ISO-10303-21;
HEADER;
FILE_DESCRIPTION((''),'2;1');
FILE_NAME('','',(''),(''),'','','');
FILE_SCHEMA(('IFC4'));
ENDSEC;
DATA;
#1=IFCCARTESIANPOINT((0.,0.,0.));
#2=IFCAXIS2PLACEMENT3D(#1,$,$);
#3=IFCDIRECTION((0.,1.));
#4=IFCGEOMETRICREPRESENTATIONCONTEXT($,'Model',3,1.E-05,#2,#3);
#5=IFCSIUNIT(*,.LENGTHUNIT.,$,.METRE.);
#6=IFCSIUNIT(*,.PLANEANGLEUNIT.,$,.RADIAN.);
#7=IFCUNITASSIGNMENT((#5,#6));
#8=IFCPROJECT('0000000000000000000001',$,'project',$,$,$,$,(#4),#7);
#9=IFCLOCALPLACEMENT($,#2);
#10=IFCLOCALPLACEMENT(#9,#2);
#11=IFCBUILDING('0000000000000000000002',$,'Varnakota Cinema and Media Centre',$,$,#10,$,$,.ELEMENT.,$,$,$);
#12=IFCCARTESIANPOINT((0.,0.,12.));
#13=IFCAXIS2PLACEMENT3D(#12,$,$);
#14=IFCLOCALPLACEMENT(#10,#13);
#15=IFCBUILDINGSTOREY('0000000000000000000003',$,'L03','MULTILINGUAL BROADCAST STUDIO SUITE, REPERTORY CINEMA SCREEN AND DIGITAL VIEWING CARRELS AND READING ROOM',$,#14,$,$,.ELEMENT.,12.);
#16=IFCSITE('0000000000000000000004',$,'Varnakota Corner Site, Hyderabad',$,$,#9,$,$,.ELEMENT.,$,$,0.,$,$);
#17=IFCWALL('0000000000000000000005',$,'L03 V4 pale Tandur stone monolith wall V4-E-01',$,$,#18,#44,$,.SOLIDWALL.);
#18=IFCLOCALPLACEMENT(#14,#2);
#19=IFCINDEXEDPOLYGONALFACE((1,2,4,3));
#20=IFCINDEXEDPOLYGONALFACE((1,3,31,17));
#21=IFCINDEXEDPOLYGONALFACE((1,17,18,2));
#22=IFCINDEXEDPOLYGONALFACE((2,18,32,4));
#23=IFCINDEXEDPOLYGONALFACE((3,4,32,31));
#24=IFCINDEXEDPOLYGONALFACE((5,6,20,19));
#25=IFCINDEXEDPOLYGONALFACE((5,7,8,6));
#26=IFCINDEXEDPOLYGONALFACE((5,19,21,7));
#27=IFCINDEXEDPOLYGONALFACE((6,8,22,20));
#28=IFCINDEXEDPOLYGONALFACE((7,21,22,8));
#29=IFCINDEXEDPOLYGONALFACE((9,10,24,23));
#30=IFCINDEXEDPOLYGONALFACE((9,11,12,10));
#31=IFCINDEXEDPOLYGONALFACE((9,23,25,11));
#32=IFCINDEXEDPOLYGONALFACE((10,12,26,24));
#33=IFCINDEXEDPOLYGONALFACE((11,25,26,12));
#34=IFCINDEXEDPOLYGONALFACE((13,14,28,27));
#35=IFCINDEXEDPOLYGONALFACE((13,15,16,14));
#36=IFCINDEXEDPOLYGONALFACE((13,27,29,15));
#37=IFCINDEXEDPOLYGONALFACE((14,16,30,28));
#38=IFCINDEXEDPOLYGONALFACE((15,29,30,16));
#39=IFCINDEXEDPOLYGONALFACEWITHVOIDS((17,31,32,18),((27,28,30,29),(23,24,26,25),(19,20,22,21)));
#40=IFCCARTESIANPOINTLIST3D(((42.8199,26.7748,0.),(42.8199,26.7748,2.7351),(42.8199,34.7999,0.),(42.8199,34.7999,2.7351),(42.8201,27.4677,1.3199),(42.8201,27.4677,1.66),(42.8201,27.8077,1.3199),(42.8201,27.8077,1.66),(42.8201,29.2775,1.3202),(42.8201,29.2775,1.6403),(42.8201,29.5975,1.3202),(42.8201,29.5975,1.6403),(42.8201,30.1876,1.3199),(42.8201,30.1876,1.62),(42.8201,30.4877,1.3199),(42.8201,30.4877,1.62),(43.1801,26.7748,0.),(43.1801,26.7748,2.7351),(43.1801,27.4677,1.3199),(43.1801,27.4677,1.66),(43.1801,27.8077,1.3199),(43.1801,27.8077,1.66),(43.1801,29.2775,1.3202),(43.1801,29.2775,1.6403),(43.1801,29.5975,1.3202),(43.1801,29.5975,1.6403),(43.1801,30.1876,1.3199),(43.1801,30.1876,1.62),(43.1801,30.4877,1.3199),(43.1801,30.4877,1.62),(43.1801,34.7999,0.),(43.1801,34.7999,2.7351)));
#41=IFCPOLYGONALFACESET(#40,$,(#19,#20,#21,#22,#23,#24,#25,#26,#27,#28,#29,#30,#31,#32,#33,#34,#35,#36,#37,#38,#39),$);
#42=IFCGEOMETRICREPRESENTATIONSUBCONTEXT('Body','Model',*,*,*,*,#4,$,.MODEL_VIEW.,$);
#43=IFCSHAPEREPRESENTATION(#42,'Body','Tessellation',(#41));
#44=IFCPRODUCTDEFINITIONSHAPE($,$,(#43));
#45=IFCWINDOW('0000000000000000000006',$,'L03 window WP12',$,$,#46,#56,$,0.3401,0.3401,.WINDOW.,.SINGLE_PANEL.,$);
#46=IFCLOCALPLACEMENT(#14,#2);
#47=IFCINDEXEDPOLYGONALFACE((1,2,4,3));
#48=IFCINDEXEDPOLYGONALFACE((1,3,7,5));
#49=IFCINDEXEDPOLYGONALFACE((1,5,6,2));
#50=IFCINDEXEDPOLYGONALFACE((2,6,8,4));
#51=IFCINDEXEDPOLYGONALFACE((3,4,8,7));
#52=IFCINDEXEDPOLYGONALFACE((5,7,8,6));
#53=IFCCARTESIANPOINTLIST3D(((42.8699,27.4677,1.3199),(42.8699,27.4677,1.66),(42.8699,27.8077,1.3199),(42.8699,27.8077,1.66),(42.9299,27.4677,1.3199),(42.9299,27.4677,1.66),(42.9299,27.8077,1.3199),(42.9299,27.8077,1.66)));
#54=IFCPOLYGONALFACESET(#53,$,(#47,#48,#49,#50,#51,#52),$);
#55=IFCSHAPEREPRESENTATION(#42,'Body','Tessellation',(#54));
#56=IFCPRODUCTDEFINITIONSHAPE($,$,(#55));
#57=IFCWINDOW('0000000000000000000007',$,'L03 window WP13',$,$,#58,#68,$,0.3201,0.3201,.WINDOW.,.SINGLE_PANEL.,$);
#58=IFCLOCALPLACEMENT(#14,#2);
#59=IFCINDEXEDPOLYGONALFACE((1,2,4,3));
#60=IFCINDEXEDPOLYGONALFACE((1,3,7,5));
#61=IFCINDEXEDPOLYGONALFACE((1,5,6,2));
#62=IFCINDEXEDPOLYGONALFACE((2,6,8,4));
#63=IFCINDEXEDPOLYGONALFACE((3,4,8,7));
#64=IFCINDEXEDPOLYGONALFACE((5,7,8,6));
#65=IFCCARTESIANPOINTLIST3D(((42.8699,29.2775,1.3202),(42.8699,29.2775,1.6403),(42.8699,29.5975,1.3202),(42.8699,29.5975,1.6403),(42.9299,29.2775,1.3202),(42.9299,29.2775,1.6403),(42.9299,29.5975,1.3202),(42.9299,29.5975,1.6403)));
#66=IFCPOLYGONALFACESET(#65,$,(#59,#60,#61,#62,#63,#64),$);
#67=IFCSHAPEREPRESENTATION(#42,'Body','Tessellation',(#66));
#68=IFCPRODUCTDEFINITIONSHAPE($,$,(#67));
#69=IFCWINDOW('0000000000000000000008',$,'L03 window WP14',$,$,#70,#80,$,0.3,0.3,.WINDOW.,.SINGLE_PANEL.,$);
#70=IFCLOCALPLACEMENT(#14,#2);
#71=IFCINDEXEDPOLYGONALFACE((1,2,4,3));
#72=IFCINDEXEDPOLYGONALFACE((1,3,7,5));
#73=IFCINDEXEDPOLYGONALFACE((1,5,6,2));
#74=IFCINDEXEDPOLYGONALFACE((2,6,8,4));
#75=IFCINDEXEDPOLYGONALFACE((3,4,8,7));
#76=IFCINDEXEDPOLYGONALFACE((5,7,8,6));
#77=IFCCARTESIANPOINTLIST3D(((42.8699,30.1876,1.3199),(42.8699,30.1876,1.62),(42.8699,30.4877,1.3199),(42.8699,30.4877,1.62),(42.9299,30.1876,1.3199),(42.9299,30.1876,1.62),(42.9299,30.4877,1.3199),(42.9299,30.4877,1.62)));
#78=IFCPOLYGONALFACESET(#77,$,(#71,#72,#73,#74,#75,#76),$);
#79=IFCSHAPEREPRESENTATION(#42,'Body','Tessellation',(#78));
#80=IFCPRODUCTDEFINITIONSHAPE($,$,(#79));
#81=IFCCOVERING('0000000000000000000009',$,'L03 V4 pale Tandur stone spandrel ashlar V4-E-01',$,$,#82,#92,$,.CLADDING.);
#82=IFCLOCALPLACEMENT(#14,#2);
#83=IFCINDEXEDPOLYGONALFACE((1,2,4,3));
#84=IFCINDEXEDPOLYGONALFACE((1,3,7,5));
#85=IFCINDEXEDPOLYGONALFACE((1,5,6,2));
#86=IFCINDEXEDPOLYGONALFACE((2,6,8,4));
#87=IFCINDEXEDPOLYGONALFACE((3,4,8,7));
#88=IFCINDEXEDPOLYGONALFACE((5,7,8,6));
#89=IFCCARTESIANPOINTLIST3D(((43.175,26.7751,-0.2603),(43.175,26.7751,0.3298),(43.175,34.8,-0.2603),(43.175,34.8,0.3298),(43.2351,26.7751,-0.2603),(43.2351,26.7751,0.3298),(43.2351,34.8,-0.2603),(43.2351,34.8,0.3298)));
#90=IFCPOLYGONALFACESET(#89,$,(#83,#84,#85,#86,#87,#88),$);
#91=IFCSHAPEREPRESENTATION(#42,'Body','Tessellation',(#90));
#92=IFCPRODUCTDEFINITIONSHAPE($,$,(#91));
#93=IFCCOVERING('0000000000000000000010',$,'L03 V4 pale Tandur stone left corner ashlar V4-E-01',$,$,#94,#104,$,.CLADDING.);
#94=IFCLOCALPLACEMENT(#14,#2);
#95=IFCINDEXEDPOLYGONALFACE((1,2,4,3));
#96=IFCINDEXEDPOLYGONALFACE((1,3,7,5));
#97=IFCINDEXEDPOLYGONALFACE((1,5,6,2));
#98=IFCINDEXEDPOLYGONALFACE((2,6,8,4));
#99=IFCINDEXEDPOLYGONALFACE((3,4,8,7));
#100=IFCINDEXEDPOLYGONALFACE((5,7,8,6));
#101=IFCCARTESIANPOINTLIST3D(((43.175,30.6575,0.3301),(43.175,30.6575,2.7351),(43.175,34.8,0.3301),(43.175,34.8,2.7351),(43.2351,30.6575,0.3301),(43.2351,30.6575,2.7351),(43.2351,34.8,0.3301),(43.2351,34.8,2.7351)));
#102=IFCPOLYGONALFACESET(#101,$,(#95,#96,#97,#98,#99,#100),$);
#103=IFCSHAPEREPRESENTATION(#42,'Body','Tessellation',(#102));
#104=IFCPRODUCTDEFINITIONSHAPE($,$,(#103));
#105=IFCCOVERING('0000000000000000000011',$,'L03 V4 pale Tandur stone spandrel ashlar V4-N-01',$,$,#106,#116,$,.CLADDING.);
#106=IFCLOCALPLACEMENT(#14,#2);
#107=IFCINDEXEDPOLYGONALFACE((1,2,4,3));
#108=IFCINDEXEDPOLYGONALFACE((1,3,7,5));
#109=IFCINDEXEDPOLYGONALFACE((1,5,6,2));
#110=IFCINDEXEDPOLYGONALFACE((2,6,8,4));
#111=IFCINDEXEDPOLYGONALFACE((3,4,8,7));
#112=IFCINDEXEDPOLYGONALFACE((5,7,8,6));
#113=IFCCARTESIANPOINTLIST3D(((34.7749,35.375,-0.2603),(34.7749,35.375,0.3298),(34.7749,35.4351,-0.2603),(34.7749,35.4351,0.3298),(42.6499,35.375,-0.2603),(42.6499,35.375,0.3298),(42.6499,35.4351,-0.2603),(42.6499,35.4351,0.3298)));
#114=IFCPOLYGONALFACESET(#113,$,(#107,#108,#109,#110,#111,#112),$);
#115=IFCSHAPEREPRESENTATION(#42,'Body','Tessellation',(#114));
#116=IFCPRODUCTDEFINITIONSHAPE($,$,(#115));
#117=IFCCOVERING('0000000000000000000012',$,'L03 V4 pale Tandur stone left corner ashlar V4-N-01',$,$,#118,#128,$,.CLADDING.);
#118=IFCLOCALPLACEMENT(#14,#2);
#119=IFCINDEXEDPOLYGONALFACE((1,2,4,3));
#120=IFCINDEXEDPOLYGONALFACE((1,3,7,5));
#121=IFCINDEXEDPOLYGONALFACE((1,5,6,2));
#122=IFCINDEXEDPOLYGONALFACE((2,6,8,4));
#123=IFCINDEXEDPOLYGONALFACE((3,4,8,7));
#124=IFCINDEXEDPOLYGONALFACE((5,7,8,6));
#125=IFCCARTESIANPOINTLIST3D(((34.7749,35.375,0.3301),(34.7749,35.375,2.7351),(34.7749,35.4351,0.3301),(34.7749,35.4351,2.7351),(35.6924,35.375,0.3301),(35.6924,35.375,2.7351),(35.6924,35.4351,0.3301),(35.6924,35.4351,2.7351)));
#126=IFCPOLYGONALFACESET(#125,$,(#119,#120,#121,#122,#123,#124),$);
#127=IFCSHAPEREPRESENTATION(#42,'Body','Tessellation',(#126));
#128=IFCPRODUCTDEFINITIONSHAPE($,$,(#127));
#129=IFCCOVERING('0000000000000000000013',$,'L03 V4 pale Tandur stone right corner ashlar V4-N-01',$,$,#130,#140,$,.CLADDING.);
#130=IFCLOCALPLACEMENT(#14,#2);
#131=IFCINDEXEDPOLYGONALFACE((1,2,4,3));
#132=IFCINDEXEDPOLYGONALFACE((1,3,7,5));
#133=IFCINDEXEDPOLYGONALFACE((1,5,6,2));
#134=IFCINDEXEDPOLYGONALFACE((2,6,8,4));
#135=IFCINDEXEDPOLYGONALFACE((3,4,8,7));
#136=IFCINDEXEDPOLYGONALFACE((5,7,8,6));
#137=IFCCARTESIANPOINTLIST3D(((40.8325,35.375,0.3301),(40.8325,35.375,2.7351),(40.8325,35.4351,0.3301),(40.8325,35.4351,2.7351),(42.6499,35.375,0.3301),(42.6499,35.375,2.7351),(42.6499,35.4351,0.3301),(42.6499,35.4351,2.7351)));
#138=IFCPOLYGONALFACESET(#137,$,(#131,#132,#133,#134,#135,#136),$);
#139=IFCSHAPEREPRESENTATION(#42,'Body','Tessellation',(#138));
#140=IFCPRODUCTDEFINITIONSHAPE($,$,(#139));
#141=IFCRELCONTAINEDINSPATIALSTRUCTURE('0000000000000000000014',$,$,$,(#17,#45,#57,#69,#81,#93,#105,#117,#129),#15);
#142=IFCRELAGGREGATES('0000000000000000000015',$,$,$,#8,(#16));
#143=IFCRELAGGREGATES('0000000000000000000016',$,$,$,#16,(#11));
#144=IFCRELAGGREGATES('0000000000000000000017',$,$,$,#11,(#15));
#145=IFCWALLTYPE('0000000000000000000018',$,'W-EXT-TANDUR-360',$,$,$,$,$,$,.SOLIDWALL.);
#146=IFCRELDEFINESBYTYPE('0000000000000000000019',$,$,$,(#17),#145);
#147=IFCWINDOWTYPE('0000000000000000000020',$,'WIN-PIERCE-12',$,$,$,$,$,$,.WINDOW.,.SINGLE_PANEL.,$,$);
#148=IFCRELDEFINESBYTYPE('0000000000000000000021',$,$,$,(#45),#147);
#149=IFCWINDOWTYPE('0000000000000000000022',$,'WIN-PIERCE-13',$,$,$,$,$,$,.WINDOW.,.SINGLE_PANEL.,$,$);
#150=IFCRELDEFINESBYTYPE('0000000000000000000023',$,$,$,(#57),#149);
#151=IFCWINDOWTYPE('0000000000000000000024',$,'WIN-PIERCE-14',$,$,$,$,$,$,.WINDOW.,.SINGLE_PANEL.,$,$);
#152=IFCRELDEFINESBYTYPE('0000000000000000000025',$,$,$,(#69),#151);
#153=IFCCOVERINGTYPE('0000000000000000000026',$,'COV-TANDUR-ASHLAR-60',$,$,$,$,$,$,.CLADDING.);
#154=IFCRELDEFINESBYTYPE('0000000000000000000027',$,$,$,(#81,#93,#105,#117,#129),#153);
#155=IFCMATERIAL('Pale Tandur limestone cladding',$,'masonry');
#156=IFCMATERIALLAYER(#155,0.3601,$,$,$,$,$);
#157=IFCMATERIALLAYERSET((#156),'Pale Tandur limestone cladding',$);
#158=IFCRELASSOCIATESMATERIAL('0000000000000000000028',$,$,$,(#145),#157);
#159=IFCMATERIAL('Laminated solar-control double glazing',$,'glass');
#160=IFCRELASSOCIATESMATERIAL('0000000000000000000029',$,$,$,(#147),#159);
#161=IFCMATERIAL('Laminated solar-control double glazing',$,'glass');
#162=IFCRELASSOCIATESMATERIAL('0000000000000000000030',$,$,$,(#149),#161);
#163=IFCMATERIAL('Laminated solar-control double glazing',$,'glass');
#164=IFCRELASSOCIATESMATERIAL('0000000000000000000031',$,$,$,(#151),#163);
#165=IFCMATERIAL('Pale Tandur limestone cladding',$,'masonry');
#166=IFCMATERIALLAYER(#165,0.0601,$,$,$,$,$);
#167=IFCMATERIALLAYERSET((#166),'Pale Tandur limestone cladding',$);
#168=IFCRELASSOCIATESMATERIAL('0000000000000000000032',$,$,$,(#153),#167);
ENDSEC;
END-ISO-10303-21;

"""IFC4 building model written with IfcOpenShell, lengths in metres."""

from ifc_helpers import new_model, si_unit, direction, frame, frame_2d, origin, origin_2d, place, context, subcontext, project, spatial, rectangle, extrude, material, layer, layer_set, type_object, element, fill, save


model = new_model("IFC4")

# Units and contexts
model_context = context("Model", 3, precision=1e-05, world=origin(), true_north=direction((0.0, 1.0)))
body_context = subcontext(model_context, "Body", "Model", "MODEL_VIEW")
ifc_project = project(units=[si_unit("LENGTHUNIT", "METRE"), si_unit("PLANEANGLEUNIT", "RADIAN")], contexts=[model_context])

# Site, building, storey
site_placement = place(None, origin())
site = spatial("IfcSite", under=ifc_project, at=site_placement, Name="Varnakota Corner Site, Hyderabad", CompositionType="ELEMENT", RefElevation=0.0)
building_placement = place(site_placement, origin())
building = spatial("IfcBuilding", under=site, at=building_placement, Name="Varnakota Cinema and Media Centre", CompositionType="ELEMENT")
storey_placement = place(building_placement, frame((0.0, 0.0, 12.0)))
storey = spatial("IfcBuildingStorey", under=building, at=storey_placement, Name="L03", Description="MULTILINGUAL BROADCAST STUDIO SUITE, REPERTORY CINEMA SCREEN AND DIGITAL VIEWING CARRELS AND READING ROOM", CompositionType="ELEMENT", Elevation=12.0)

# Wall, openings, windows
ifc_material_1 = material(Name="Pale Tandur limestone cladding", Category="masonry")
ifc_layer_1 = layer(ifc_material_1, 0.3601)
ifc_layer_set_1 = layer_set([ifc_layer_1], Name="Pale Tandur limestone cladding")
wall_type = type_object("IfcWallType", Name="W-EXT-TANDUR-360", PredefinedType="SOLIDWALL", material=ifc_layer_set_1)
wall_1_placement = place(storey_placement, frame((43.0, 34.8, 0.0), z_axis=(0.0, 0.0, 1.0), x_axis=(0.0, -1.0, 0.0)))
wall_1 = element("IfcWall", 1, at=wall_1_placement, inside=storey, type_object=wall_type, Name="L03 V4 pale Tandur stone monolith wall V4-E-01", PredefinedType="SOLIDWALL", context=body_context, shape_type="SweptSolid", body=[
    extrude(rectangle(XDim=8.0251, YDim=0.3601, at=frame_2d((4.0127, 0.0))), origin(), (0.0, 0.0, 1.0), 2.7351),
])
opening_1_placement = place(wall_1_placement, frame((4.3125, 0.0, 1.3201)))
opening_1 = element("IfcOpeningElement", 2, at=opening_1_placement, cuts=wall_1, PredefinedType="OPENING", context=body_context, shape_type="SweptSolid", body=[
    extrude(rectangle(XDim=0.3, YDim=0.3, at=frame_2d((0.1499, 0.1499))), frame((0.0, 0.1802, 0.0), z_axis=(0.0, -1.0, 0.0), x_axis=(1.0, 0.0, 0.0)), (0.0, 0.0, 1.0), 0.3601),
])
opening_2_placement = place(wall_1_placement, frame((5.2024, 0.0, 1.3201)))
opening_2 = element("IfcOpeningElement", 3, at=opening_2_placement, cuts=wall_1, PredefinedType="OPENING", context=body_context, shape_type="SweptSolid", body=[
    extrude(rectangle(XDim=0.3201, YDim=0.3201, at=frame_2d((0.1602, 0.1602))), frame((0.0, 0.1802, 0.0), z_axis=(0.0, -1.0, 0.0), x_axis=(1.0, 0.0, 0.0)), (0.0, 0.0, 1.0), 0.3601),
])
opening_3_placement = place(wall_1_placement, frame((6.9924, 0.0, 1.3201)))
opening_3 = element("IfcOpeningElement", 4, at=opening_3_placement, cuts=wall_1, PredefinedType="OPENING", context=body_context, shape_type="SweptSolid", body=[
    extrude(rectangle(XDim=0.3401, YDim=0.3401, at=frame_2d((0.1699, 0.1699))), frame((0.0, 0.1802, 0.0), z_axis=(0.0, -1.0, 0.0), x_axis=(1.0, 0.0, 0.0)), (0.0, 0.0, 1.0), 0.3601),
])
ifc_material_2 = material(Name="Laminated solar-control double glazing", Category="glass")
window_type_1 = type_object("IfcWindowType", Name="WIN-PIERCE-12", PartitioningType="SINGLE_PANEL", PredefinedType="WINDOW", material=ifc_material_2)
window_1_placement = place(opening_3_placement, origin())
window_1 = element("IfcWindow", 5, at=window_1_placement, inside=storey, type_object=window_type_1, Name="L03 window WP12", OverallHeight=0.3401, OverallWidth=0.3401, PartitioningType="SINGLE_PANEL", PredefinedType="WINDOW", context=body_context, shape_type="SweptSolid", body=[
    extrude(rectangle(XDim=0.3401, YDim=0.3401, at=frame_2d((0.1699, 0.1699))), frame((0.0, -0.0701, 0.0), z_axis=(0.0, -1.0, 0.0), x_axis=(1.0, 0.0, 0.0)), (0.0, 0.0, 1.0), 0.0601),
])
fill(opening_3, window_1)
ifc_material_3 = material(Name="Laminated solar-control double glazing", Category="glass")
window_type_2 = type_object("IfcWindowType", Name="WIN-PIERCE-13", PartitioningType="SINGLE_PANEL", PredefinedType="WINDOW", material=ifc_material_3)
window_2_placement = place(opening_2_placement, origin())
window_2 = element("IfcWindow", 6, at=window_2_placement, inside=storey, type_object=window_type_2, Name="L03 window WP13", OverallHeight=0.3201, OverallWidth=0.3201, PartitioningType="SINGLE_PANEL", PredefinedType="WINDOW", context=body_context, shape_type="SweptSolid", body=[
    extrude(rectangle(XDim=0.3201, YDim=0.3201, at=frame_2d((0.1602, 0.1602))), frame((0.0, -0.0701, 0.0), z_axis=(0.0, -1.0, 0.0), x_axis=(1.0, 0.0, 0.0)), (0.0, 0.0, 1.0), 0.0601),
])
fill(opening_2, window_2)
ifc_material_4 = material(Name="Laminated solar-control double glazing", Category="glass")
window_type_3 = type_object("IfcWindowType", Name="WIN-PIERCE-14", PartitioningType="SINGLE_PANEL", PredefinedType="WINDOW", material=ifc_material_4)
window_3_placement = place(opening_1_placement, origin())
window_3 = element("IfcWindow", 7, at=window_3_placement, inside=storey, type_object=window_type_3, Name="L03 window WP14", OverallHeight=0.3, OverallWidth=0.3, PartitioningType="SINGLE_PANEL", PredefinedType="WINDOW", context=body_context, shape_type="SweptSolid", body=[
    extrude(rectangle(XDim=0.3, YDim=0.3, at=frame_2d((0.1499, 0.1499))), frame((0.0, -0.0701, 0.0), z_axis=(0.0, -1.0, 0.0), x_axis=(1.0, 0.0, 0.0)), (0.0, 0.0, 1.0), 0.0601),
])
fill(opening_1, window_3)

# Coverings
ifc_material_5 = material(Name="Pale Tandur limestone cladding", Category="masonry")
ifc_layer_2 = layer(ifc_material_5, 0.0601)
ifc_layer_set_2 = layer_set([ifc_layer_2], Name="Pale Tandur limestone cladding")
covering_type = type_object("IfcCoveringType", Name="COV-TANDUR-ASHLAR-60", PredefinedType="CLADDING", material=ifc_layer_set_2)
covering_1_placement = place(storey_placement, frame((43.2051, 30.7876, -0.2603), z_axis=(0.0, 0.0, 1.0), x_axis=(0.0, -1.0, 0.0)))
element("IfcCovering", 8, at=covering_1_placement, inside=storey, type_object=covering_type, Name="L03 V4 pale Tandur stone spandrel ashlar V4-E-01", PredefinedType="CLADDING", context=body_context, shape_type="SweptSolid", body=[
    extrude(rectangle(XDim=8.0249, YDim=0.0601, at=origin_2d()), origin(), (0.0, 0.0, 1.0), 0.5901),
])
covering_2_placement = place(storey_placement, frame((43.2051, 32.7288, 0.3301), z_axis=(0.0, 0.0, 1.0), x_axis=(0.0, -1.0, 0.0)))
element("IfcCovering", 9, at=covering_2_placement, inside=storey, type_object=covering_type, Name="L03 V4 pale Tandur stone left corner ashlar V4-E-01", PredefinedType="CLADDING", context=body_context, shape_type="SweptSolid", body=[
    extrude(rectangle(XDim=4.1426, YDim=0.0601, at=origin_2d()), origin(), (0.0, 0.0, 1.0), 2.405),
])
covering_3_placement = place(storey_placement, frame((38.7124, 35.405, -0.2603), z_axis=(0.0, 0.0, 1.0), x_axis=(1.0, 0.0, 0.0)))
element("IfcCovering", 10, at=covering_3_placement, inside=storey, type_object=covering_type, Name="L03 V4 pale Tandur stone spandrel ashlar V4-N-01", PredefinedType="CLADDING", context=body_context, shape_type="SweptSolid", body=[
    extrude(rectangle(XDim=7.875, YDim=0.0601, at=origin_2d()), origin(), (0.0, 0.0, 1.0), 0.5901),
])
covering_4_placement = place(storey_placement, frame((35.2336, 35.405, 0.3301), z_axis=(0.0, 0.0, 1.0), x_axis=(1.0, 0.0, 0.0)))
element("IfcCovering", 11, at=covering_4_placement, inside=storey, type_object=covering_type, Name="L03 V4 pale Tandur stone left corner ashlar V4-N-01", PredefinedType="CLADDING", context=body_context, shape_type="SweptSolid", body=[
    extrude(rectangle(XDim=0.9175, YDim=0.0601, at=origin_2d()), origin(), (0.0, 0.0, 1.0), 2.405),
])
covering_5_placement = place(storey_placement, frame((41.7412, 35.405, 0.3301), z_axis=(0.0, 0.0, 1.0), x_axis=(1.0, 0.0, 0.0)))
element("IfcCovering", 12, at=covering_5_placement, inside=storey, type_object=covering_type, Name="L03 V4 pale Tandur stone right corner ashlar V4-N-01", PredefinedType="CLADDING", context=body_context, shape_type="SweptSolid", body=[
    extrude(rectangle(XDim=1.8174, YDim=0.0601, at=origin_2d()), origin(), (0.0, 0.0, 1.0), 2.405),
])

save(model, "model.ifc")
